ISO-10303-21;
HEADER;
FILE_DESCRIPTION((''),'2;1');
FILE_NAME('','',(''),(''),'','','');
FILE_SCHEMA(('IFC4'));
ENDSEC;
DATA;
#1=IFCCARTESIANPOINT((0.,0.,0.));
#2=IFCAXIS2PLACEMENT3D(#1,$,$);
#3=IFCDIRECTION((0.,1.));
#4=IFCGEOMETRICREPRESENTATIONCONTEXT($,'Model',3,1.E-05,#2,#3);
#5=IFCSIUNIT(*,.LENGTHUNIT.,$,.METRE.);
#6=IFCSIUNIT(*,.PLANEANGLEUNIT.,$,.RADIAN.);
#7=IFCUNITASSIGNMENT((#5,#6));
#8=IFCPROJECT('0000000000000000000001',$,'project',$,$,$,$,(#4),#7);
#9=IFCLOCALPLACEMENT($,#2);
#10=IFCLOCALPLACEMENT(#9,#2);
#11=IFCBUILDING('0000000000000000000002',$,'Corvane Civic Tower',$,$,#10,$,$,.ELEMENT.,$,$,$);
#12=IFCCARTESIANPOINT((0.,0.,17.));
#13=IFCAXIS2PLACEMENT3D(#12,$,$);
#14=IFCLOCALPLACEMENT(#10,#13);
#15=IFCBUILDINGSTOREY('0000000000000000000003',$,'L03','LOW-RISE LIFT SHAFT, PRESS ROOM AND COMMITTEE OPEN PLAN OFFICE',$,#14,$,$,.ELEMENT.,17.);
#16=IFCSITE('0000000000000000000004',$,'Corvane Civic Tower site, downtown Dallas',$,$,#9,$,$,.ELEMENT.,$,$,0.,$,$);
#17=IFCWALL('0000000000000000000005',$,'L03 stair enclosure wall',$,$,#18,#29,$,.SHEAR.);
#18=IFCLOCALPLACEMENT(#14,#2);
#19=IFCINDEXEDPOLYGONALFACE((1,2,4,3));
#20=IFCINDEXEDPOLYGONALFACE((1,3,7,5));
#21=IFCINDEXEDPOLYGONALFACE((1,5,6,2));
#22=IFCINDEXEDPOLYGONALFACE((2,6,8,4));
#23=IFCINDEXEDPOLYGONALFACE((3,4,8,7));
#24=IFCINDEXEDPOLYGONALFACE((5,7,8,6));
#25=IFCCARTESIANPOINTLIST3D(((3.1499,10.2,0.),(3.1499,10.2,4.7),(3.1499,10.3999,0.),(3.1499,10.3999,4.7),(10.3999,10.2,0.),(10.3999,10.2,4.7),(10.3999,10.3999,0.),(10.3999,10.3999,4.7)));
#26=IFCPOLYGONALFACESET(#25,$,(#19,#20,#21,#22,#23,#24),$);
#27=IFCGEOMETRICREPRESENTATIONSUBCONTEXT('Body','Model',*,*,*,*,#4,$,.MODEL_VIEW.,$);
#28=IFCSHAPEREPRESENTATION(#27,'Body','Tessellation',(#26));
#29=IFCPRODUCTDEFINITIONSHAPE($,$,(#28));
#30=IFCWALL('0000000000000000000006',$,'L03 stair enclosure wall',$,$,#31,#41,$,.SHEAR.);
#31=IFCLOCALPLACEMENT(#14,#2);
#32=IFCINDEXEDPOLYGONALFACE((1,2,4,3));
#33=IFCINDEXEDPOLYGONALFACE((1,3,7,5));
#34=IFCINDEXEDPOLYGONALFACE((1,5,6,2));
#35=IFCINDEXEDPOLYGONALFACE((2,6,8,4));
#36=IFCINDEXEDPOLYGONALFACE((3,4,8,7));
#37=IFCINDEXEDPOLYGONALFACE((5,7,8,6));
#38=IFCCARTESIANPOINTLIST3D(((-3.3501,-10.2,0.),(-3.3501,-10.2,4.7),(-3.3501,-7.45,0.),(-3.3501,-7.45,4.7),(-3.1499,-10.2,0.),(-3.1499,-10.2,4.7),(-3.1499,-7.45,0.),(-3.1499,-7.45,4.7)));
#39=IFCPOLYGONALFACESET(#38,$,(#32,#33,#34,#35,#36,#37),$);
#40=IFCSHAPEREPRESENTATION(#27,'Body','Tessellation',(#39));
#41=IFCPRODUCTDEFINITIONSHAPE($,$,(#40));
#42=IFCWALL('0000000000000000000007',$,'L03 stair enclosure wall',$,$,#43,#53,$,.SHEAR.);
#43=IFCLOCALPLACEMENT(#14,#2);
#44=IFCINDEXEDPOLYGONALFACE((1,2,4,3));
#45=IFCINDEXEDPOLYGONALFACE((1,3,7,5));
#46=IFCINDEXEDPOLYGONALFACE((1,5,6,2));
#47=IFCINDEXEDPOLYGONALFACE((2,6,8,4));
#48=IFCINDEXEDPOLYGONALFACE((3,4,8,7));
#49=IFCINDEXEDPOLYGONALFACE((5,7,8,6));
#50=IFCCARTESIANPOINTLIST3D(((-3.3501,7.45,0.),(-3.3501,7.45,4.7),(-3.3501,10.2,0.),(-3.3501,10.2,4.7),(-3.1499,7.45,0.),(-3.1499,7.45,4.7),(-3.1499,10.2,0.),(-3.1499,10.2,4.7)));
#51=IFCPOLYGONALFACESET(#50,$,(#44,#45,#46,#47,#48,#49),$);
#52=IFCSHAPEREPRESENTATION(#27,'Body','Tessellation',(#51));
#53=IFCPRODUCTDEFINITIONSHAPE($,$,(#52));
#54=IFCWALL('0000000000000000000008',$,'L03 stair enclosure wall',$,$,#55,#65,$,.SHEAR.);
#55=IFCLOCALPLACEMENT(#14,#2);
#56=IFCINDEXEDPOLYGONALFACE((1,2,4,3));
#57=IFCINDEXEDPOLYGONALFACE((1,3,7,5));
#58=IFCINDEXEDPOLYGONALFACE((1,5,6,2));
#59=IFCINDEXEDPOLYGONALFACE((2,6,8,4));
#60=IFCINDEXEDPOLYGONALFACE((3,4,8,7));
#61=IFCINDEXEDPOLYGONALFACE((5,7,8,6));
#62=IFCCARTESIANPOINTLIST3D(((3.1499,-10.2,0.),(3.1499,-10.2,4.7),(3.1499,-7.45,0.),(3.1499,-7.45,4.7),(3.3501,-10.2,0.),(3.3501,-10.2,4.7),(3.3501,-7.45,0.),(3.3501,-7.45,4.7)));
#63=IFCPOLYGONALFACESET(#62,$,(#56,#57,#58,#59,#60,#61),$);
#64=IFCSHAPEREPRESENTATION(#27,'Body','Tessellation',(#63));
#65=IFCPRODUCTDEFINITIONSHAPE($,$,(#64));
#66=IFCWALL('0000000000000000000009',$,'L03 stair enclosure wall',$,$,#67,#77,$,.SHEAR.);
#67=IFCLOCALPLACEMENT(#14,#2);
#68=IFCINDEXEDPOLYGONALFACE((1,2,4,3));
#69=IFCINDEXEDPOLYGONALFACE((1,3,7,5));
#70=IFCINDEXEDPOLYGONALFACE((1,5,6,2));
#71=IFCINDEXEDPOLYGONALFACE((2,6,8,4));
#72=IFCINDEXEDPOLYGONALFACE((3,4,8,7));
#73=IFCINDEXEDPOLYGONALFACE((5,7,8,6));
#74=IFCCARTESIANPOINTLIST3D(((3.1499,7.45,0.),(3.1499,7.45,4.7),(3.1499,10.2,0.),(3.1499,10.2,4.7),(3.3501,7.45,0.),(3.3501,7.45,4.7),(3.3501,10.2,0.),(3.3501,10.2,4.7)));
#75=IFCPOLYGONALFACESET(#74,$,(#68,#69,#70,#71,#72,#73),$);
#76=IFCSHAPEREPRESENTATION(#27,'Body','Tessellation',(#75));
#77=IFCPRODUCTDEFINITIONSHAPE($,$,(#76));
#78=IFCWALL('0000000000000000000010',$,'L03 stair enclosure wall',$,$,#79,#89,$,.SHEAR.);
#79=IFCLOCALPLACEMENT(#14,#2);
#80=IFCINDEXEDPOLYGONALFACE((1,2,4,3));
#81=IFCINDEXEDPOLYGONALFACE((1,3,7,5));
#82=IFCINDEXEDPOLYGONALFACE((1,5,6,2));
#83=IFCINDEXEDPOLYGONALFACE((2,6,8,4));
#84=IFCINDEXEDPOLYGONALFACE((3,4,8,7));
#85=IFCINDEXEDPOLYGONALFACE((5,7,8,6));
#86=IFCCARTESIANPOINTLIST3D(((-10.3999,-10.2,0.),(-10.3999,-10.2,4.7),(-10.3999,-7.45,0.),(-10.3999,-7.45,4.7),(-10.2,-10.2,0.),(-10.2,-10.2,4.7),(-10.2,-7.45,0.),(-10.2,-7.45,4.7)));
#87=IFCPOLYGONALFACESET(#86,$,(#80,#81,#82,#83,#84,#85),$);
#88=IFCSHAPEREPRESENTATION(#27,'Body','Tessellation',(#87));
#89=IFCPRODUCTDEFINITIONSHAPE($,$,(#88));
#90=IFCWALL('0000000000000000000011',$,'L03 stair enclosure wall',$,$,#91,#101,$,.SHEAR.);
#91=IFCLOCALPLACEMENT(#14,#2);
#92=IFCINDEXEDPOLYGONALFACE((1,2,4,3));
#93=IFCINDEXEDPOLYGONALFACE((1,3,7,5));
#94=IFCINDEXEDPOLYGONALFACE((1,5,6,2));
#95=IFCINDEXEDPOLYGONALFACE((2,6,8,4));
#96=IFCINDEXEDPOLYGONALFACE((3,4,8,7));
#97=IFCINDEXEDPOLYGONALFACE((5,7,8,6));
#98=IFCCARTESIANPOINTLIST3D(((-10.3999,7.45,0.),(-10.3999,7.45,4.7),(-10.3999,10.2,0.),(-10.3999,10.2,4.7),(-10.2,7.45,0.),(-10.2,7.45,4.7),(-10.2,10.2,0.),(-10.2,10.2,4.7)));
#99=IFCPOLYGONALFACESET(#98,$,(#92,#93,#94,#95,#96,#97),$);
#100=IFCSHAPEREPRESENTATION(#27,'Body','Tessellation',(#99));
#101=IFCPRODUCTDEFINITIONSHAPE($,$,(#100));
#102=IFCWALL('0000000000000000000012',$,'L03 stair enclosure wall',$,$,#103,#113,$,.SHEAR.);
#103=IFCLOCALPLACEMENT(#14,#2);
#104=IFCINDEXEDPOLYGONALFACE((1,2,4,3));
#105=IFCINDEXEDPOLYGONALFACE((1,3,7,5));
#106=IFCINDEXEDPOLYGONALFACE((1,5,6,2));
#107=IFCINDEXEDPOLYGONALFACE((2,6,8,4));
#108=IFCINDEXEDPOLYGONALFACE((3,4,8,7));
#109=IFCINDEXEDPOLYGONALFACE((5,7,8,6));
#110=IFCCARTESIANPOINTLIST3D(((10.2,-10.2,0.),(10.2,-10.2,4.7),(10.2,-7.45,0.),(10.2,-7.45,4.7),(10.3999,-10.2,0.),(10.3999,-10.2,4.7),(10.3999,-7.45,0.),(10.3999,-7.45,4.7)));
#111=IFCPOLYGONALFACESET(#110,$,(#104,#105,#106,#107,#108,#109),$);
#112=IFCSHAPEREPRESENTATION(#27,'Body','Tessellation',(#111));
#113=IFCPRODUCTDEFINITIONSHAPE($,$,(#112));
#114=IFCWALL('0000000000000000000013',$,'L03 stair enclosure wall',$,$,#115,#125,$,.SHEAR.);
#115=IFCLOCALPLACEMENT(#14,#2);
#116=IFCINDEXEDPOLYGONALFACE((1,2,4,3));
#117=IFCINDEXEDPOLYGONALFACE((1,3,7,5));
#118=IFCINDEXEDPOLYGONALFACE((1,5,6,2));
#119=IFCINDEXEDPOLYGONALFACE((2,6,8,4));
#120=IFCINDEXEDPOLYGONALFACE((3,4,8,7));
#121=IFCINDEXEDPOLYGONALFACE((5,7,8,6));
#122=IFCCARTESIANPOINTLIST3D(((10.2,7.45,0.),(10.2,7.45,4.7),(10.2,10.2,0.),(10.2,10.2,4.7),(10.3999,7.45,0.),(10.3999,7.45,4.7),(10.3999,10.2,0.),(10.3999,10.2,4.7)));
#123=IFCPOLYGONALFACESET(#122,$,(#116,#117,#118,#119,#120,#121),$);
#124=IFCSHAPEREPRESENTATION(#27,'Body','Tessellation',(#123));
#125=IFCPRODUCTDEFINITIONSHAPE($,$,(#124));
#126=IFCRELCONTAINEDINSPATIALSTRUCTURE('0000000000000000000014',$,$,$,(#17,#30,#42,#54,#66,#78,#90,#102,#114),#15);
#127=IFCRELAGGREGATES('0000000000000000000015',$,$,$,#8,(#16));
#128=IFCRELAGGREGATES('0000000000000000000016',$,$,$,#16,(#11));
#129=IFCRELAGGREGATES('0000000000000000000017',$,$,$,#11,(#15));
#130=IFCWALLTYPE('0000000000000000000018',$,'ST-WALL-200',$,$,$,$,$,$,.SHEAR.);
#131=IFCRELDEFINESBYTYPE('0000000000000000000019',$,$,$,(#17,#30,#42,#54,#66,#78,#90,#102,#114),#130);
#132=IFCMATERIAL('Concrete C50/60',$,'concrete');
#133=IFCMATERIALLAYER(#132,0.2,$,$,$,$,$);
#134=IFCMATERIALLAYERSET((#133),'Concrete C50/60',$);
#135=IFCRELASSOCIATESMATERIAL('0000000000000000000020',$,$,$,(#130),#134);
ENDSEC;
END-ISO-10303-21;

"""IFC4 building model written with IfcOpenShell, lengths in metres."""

from ifc_helpers import new_model, si_unit, direction, frame, origin, place, context, subcontext, project, spatial, polyline, outline, extrude, material, layer, layer_set, type_object, element, save


model = new_model("IFC4")

# Units and contexts
model_context = context("Model", 3, precision=1e-05, world=origin(), true_north=direction((0.0, 1.0)))
body_context = subcontext(model_context, "Body", "Model", "MODEL_VIEW")
ifc_project = project(units=[si_unit("LENGTHUNIT", "METRE"), si_unit("PLANEANGLEUNIT", "RADIAN")], contexts=[model_context])

# Site, building, storey
site_placement = place(None, origin())
site = spatial("IfcSite", under=ifc_project, at=site_placement, Name="Corvane Civic Tower site, downtown Dallas", CompositionType="ELEMENT", RefElevation=0.0)
building_placement = place(site_placement, origin())
building = spatial("IfcBuilding", under=site, at=building_placement, Name="Corvane Civic Tower", CompositionType="ELEMENT")
storey_placement = place(building_placement, frame((0.0, 0.0, 17.0)))
storey = spatial("IfcBuildingStorey", under=building, at=storey_placement, Name="L03", Description="LOW-RISE LIFT SHAFT, PRESS ROOM AND COMMITTEE OPEN PLAN OFFICE", CompositionType="ELEMENT", Elevation=17.0)

# Shared definitions
ifc_material_1 = material(Name="Concrete C50/60", Category="concrete")
ifc_layer_1 = layer(ifc_material_1, 0.2)
ifc_layer_set_1 = layer_set([ifc_layer_1], Name="Concrete C50/60")
wall_type_1 = type_object("IfcWallType", Name="ST-WALL-200", PredefinedType="SHEAR", material=ifc_layer_set_1)

# Walls
wall_1_placement = place(storey_placement, origin())
element("IfcWall", 1, at=wall_1_placement, inside=storey, type_object=wall_type_1, Name="L03 stair enclosure wall", PredefinedType="SHEAR", context=body_context, shape_type="SweptSolid", body=[
    extrude(outline(polyline([(10.3999, 10.2), (3.1499, 10.2), (3.1499, 10.3999), (10.3999, 10.3999), (10.3999, 10.2)])), origin(), (0.0, 0.0, 1.0), 4.7),
])
wall_2_placement = place(storey_placement, origin())
element("IfcWall", 2, at=wall_2_placement, inside=storey, type_object=wall_type_1, Name="L03 stair enclosure wall", PredefinedType="SHEAR", context=body_context, shape_type="SweptSolid", body=[
    extrude(outline(polyline([(-3.1499, -7.45), (-3.1499, -10.2), (-3.3501, -10.2), (-3.3501, -7.45), (-3.1499, -7.45)])), origin(), (0.0, 0.0, 1.0), 4.7),
])
wall_3_placement = place(storey_placement, origin())
element("IfcWall", 3, at=wall_3_placement, inside=storey, type_object=wall_type_1, Name="L03 stair enclosure wall", PredefinedType="SHEAR", context=body_context, shape_type="SweptSolid", body=[
    extrude(outline(polyline([(-3.1499, 7.45), (-3.3501, 7.45), (-3.3501, 10.2), (-3.1499, 10.2), (-3.1499, 7.45)])), origin(), (0.0, 0.0, 1.0), 4.7),
])
wall_4_placement = place(storey_placement, origin())
element("IfcWall", 4, at=wall_4_placement, inside=storey, type_object=wall_type_1, Name="L03 stair enclosure wall", PredefinedType="SHEAR", context=body_context, shape_type="SweptSolid", body=[
    extrude(outline(polyline([(3.3501, -7.45), (3.3501, -10.2), (3.1499, -10.2), (3.1499, -7.45), (3.3501, -7.45)])), origin(), (0.0, 0.0, 1.0), 4.7),
])
wall_5_placement = place(storey_placement, origin())
element("IfcWall", 5, at=wall_5_placement, inside=storey, type_object=wall_type_1, Name="L03 stair enclosure wall", PredefinedType="SHEAR", context=body_context, shape_type="SweptSolid", body=[
    extrude(outline(polyline([(3.3501, 7.45), (3.1499, 7.45), (3.1499, 10.2), (3.3501, 10.2), (3.3501, 7.45)])), origin(), (0.0, 0.0, 1.0), 4.7),
])
wall_6_placement = place(storey_placement, origin())
element("IfcWall", 6, at=wall_6_placement, inside=storey, type_object=wall_type_1, Name="L03 stair enclosure wall", PredefinedType="SHEAR", context=body_context, shape_type="SweptSolid", body=[
    extrude(outline(polyline([(-10.2, -7.45), (-10.2, -10.2), (-10.3999, -10.2), (-10.3999, -7.45), (-10.2, -7.45)])), origin(), (0.0, 0.0, 1.0), 4.7),
])
wall_7_placement = place(storey_placement, origin())
element("IfcWall", 7, at=wall_7_placement, inside=storey, type_object=wall_type_1, Name="L03 stair enclosure wall", PredefinedType="SHEAR", context=body_context, shape_type="SweptSolid", body=[
    extrude(outline(polyline([(-10.2, 7.45), (-10.3999, 7.45), (-10.3999, 10.2), (-10.2, 10.2), (-10.2, 7.45)])), origin(), (0.0, 0.0, 1.0), 4.7),
])
wall_8_placement = place(storey_placement, origin())
element("IfcWall", 8, at=wall_8_placement, inside=storey, type_object=wall_type_1, Name="L03 stair enclosure wall", PredefinedType="SHEAR", context=body_context, shape_type="SweptSolid", body=[
    extrude(outline(polyline([(10.3999, -7.45), (10.3999, -10.2), (10.2, -10.2), (10.2, -7.45), (10.3999, -7.45)])), origin(), (0.0, 0.0, 1.0), 4.7),
])
wall_9_placement = place(storey_placement, origin())
element("IfcWall", 9, at=wall_9_placement, inside=storey, type_object=wall_type_1, Name="L03 stair enclosure wall", PredefinedType="SHEAR", context=body_context, shape_type="SweptSolid", body=[
    extrude(outline(polyline([(10.3999, 7.45), (10.2, 7.45), (10.2, 10.2), (10.3999, 10.2), (10.3999, 7.45)])), origin(), (0.0, 0.0, 1.0), 4.7),
])

save(model, "model.ifc")
